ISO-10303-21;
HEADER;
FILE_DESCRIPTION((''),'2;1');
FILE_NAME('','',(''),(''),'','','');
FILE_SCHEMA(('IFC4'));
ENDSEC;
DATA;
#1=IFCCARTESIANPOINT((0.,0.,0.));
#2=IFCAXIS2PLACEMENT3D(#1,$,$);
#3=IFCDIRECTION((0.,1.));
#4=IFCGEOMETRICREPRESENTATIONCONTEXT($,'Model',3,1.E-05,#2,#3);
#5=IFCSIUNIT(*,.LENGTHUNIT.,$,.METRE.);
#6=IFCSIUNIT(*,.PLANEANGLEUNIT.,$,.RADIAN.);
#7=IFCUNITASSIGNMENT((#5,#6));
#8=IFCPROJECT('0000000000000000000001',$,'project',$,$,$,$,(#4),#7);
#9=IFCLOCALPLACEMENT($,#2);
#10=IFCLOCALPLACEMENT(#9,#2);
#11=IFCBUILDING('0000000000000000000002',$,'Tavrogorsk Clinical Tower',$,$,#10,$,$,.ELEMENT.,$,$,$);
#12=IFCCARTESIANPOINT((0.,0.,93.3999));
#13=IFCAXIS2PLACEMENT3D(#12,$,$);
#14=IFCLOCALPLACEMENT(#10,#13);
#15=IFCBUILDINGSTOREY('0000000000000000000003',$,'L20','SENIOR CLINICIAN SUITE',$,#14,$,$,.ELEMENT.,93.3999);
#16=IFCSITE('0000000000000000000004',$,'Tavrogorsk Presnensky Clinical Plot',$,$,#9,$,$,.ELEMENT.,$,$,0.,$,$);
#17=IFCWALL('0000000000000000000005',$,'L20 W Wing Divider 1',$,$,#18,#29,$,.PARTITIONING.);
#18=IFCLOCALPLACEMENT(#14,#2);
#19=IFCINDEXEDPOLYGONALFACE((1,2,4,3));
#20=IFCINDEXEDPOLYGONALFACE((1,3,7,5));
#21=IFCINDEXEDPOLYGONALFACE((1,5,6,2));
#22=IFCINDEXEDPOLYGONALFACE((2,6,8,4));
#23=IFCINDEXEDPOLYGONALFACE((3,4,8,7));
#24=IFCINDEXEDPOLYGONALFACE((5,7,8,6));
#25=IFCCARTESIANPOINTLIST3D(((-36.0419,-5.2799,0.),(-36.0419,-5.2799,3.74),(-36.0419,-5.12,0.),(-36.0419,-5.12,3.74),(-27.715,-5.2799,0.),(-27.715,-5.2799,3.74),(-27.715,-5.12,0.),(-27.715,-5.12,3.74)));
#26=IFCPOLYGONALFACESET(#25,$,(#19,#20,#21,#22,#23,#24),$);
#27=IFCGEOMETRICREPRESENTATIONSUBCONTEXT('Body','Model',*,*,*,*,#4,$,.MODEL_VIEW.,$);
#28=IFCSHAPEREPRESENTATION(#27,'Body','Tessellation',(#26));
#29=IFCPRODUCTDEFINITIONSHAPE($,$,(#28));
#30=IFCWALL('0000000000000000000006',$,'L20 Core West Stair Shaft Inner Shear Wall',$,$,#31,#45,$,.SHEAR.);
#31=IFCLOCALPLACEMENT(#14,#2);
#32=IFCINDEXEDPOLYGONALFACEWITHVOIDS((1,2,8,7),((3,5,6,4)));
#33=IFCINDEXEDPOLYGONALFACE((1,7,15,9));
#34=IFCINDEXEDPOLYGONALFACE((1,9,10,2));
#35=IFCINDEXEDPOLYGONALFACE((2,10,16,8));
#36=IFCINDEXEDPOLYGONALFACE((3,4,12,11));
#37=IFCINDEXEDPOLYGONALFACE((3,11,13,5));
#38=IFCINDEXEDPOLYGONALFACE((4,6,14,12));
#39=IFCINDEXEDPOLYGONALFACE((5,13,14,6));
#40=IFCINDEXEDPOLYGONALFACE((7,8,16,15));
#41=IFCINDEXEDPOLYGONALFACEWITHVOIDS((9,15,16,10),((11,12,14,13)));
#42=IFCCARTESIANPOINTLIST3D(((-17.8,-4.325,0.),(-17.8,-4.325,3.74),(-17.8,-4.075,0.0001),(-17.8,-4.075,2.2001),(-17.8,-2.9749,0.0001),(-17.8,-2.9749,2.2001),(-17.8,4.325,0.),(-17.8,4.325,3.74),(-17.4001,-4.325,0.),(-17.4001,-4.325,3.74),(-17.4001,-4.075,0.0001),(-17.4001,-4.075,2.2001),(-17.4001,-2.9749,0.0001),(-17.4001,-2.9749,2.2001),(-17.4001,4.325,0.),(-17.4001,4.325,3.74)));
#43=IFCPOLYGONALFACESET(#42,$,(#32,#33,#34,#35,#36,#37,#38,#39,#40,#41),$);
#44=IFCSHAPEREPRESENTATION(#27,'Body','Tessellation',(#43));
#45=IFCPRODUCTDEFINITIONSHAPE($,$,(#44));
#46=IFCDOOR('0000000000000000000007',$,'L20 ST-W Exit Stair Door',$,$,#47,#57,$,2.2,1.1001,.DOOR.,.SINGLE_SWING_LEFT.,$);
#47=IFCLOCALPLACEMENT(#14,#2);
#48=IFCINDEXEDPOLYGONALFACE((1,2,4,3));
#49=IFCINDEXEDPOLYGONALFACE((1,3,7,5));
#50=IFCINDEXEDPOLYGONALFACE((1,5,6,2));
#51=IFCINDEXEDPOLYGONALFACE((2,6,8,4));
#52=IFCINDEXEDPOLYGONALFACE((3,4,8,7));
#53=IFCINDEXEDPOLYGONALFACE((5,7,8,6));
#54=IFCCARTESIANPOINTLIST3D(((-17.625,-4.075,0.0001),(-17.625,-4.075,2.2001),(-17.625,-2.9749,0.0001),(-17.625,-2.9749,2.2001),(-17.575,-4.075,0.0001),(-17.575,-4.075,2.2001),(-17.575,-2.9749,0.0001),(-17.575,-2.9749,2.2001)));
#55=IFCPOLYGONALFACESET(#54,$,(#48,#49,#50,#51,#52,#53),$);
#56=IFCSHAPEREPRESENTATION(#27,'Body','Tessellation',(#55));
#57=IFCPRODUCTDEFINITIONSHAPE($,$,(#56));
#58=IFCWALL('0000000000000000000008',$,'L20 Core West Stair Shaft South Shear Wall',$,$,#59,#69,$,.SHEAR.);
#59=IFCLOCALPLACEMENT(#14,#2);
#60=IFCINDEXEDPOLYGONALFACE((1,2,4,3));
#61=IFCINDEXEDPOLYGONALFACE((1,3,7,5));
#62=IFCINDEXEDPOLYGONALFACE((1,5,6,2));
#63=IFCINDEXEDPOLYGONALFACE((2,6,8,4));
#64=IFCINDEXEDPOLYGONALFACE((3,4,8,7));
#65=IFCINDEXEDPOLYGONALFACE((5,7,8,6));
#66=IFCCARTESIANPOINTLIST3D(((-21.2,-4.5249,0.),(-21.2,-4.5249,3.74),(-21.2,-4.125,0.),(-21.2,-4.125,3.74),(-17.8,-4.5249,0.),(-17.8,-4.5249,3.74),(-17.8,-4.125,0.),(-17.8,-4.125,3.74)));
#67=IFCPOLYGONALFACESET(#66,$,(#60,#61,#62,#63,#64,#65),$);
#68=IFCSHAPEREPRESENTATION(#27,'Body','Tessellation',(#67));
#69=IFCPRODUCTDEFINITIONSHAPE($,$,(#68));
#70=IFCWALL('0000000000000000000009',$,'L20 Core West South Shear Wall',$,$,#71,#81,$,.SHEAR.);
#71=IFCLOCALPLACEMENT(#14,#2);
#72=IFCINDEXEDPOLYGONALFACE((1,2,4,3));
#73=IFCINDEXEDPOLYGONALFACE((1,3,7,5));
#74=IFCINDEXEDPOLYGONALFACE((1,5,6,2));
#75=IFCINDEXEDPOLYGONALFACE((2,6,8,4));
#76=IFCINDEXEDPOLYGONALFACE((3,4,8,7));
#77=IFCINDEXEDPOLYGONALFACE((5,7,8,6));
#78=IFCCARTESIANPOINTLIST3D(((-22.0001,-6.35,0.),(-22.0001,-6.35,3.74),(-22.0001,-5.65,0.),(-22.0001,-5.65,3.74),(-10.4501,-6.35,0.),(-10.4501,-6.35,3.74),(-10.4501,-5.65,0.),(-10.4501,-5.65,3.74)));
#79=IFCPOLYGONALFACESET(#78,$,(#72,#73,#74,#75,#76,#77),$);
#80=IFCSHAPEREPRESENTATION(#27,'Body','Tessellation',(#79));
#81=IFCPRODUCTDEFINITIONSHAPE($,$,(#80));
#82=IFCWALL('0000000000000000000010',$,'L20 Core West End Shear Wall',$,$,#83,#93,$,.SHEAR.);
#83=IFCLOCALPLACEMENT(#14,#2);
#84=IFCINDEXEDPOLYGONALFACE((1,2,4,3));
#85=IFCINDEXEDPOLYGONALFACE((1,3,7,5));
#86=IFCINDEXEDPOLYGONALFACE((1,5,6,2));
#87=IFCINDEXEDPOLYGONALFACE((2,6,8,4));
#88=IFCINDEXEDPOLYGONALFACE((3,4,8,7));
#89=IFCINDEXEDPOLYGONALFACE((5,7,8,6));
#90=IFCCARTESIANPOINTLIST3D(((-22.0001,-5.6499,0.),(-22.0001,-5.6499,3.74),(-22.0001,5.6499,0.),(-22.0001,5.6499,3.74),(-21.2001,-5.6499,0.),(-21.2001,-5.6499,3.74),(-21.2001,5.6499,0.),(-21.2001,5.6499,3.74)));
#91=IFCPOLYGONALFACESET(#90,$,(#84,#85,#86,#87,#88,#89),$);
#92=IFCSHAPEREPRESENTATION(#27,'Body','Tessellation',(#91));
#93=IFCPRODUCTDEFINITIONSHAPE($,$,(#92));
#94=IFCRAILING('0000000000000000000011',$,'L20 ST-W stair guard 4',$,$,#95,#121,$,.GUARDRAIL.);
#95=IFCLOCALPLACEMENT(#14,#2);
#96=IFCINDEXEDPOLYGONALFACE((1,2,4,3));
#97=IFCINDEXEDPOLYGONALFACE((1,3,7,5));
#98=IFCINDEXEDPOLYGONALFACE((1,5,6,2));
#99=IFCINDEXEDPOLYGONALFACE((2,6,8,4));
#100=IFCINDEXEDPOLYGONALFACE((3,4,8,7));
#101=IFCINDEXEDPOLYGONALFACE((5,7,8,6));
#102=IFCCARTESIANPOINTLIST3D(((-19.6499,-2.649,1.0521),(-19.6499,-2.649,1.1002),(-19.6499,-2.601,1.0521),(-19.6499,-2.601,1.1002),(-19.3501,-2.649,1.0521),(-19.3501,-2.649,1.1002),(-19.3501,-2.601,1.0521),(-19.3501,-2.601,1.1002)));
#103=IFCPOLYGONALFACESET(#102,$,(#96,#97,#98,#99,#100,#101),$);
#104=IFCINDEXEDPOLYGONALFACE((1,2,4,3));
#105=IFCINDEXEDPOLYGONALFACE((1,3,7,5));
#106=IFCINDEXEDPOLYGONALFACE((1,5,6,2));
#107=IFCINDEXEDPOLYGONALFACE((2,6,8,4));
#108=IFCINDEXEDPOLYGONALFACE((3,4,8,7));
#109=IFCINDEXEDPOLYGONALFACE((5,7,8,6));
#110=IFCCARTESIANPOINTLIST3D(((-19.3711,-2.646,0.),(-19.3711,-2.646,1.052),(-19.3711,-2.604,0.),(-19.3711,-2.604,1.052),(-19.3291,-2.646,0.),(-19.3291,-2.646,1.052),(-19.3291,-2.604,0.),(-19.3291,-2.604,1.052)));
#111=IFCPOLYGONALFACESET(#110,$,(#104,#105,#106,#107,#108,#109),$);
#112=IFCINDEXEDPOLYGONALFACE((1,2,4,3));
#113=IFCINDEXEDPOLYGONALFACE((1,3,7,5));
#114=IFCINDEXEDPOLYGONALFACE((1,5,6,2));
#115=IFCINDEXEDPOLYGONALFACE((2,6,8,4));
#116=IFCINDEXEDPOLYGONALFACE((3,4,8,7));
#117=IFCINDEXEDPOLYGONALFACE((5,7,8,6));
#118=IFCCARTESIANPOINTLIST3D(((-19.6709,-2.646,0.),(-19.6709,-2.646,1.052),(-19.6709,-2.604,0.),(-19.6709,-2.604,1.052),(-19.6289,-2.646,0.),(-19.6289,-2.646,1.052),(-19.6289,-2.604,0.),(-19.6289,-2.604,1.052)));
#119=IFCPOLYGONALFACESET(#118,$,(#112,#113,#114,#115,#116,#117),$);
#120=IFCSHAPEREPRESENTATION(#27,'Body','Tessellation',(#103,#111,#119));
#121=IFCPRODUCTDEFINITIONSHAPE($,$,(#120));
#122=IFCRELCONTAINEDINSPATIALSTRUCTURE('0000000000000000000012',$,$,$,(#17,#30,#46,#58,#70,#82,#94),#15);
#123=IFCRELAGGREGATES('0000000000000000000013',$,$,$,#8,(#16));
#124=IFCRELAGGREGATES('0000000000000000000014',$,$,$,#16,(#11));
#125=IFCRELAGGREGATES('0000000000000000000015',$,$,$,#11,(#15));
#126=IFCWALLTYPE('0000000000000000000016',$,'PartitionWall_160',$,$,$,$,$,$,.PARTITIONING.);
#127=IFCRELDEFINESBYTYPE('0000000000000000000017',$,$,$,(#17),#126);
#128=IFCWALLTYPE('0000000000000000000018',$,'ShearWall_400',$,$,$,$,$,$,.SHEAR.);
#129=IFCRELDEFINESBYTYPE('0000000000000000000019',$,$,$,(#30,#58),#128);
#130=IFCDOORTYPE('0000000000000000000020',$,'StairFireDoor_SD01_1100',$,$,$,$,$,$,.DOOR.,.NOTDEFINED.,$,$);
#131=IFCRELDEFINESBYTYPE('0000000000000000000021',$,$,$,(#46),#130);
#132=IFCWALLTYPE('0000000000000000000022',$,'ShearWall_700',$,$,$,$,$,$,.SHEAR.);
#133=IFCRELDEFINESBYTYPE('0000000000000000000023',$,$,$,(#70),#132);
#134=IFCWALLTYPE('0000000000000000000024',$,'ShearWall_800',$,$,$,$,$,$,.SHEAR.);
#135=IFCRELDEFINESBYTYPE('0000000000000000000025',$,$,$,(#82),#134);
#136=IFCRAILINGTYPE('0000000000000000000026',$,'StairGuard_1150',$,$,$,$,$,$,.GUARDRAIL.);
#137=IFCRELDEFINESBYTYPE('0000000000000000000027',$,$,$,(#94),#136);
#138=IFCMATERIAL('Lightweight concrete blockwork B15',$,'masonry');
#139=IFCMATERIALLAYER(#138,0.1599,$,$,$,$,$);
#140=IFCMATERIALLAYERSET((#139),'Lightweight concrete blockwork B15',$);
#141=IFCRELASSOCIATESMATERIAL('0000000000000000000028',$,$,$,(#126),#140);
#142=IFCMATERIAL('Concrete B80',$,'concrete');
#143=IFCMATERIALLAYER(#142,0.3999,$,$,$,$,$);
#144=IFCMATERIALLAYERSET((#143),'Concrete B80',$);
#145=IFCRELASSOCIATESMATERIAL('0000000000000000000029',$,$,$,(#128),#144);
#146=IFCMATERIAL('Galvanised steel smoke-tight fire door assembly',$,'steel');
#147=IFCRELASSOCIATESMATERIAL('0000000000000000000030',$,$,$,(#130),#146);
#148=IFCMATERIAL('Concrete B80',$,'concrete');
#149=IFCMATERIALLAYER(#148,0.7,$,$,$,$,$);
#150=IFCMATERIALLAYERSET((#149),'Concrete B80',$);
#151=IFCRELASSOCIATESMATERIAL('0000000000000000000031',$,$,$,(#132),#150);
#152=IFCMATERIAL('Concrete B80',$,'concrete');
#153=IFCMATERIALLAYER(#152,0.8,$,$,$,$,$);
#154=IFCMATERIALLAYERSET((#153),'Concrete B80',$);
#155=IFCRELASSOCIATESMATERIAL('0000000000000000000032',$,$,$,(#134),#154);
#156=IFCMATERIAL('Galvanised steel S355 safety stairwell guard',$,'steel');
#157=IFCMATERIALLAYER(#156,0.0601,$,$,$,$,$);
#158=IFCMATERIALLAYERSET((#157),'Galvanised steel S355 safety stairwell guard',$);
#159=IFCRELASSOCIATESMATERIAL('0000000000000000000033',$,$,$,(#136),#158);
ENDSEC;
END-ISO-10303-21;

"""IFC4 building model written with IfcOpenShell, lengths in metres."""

from ifc_helpers import new_model, si_unit, direction, frame, frame_2d, origin, origin_2d, place, context, subcontext, project, spatial, rectangle, extrude, material, layer, layer_set, type_object, element, fill, save


model = new_model("IFC4")

# Units and contexts
model_context = context("Model", 3, precision=1e-05, world=origin(), true_north=direction((0.0, 1.0)))
body_context = subcontext(model_context, "Body", "Model", "MODEL_VIEW")
ifc_project = project(units=[si_unit("LENGTHUNIT", "METRE"), si_unit("PLANEANGLEUNIT", "RADIAN")], contexts=[model_context])

# Site, building, storey
site_placement = place(None, origin())
site = spatial("IfcSite", under=ifc_project, at=site_placement, Name="Tavrogorsk Presnensky Clinical Plot", CompositionType="ELEMENT", RefElevation=0.0)
building_placement = place(site_placement, origin())
building = spatial("IfcBuilding", under=site, at=building_placement, Name="Tavrogorsk Clinical Tower", CompositionType="ELEMENT")
storey_placement = place(building_placement, frame((0.0, 0.0, 93.3999)))
storey = spatial("IfcBuildingStorey", under=building, at=storey_placement, Name="L20", Description="SENIOR CLINICIAN SUITE", CompositionType="ELEMENT", Elevation=93.3999)

# Shared definitions
ifc_material_1 = material(Name="Lightweight concrete blockwork B15", Category="masonry")
ifc_layer_1 = layer(ifc_material_1, 0.1599)
ifc_layer_set_1 = layer_set([ifc_layer_1], Name="Lightweight concrete blockwork B15")
wall_type_1 = type_object("IfcWallType", Name="PartitionWall_160", PredefinedType="PARTITIONING", material=ifc_layer_set_1)

# Wall
wall_1_placement = place(storey_placement, frame((-36.042, -5.2, 0.0), z_axis=(0.0, 0.0, 1.0), x_axis=(1.0, 0.0, 0.0)))
element("IfcWall", 1, at=wall_1_placement, inside=storey, type_object=wall_type_1, Name="L20 W Wing Divider 1", PredefinedType="PARTITIONING", context=body_context, shape_type="SweptSolid", body=[
    extrude(rectangle(XDim=8.3269, YDim=0.1599, at=frame_2d((4.1636, 0.0))), origin(), (0.0, 0.0, 1.0), 3.74),
])

# Wall, opening, door
ifc_material_2 = material(Name="Concrete B80", Category="concrete")
ifc_layer_2 = layer(ifc_material_2, 0.3999)
ifc_layer_set_2 = layer_set([ifc_layer_2], Name="Concrete B80")
wall_type_2 = type_object("IfcWallType", Name="ShearWall_400", PredefinedType="SHEAR", material=ifc_layer_set_2)
wall_2_placement = place(storey_placement, frame((-17.6001, -4.325, 0.0), z_axis=(0.0, 0.0, 1.0), x_axis=(0.0, 1.0, 0.0)))
wall_2 = element("IfcWall", 2, at=wall_2_placement, inside=storey, type_object=wall_type_2, Name="L20 Core West Stair Shaft Inner Shear Wall", PredefinedType="SHEAR", context=body_context, shape_type="SweptSolid", body=[
    extrude(rectangle(XDim=8.6499, YDim=0.3999, at=frame_2d((4.325, 0.0))), origin(), (0.0, 0.0, 1.0), 3.74),
])
opening_1_placement = place(wall_2_placement, frame((0.25, 0.0, 0.0)))
opening_1 = element("IfcOpeningElement", 3, at=opening_1_placement, cuts=wall_2, PredefinedType="OPENING", context=body_context, shape_type="SweptSolid", body=[
    extrude(rectangle(XDim=1.1001, YDim=2.2, at=frame_2d((0.55, 1.1001))), frame((0.0, 0.21, 0.0), z_axis=(0.0, -1.0, 0.0), x_axis=(1.0, 0.0, 0.0)), (0.0, 0.0, 1.0), 0.4199),
])
ifc_material_3 = material(Name="Galvanised steel smoke-tight fire door assembly", Category="steel")
door_type_1 = type_object("IfcDoorType", Name="StairFireDoor_SD01_1100", OperationType="NOTDEFINED", PredefinedType="DOOR", material=ifc_material_3)
door_1_placement = place(opening_1_placement, origin())
door_1 = element("IfcDoor", 4, at=door_1_placement, inside=storey, type_object=door_type_1, Name="L20 ST-W Exit Stair Door", OperationType="SINGLE_SWING_LEFT", OverallHeight=2.2, OverallWidth=1.1001, PredefinedType="DOOR", context=body_context, shape_type="SweptSolid", body=[
    extrude(rectangle(XDim=1.1001, YDim=2.2, at=frame_2d((0.55, 1.1001))), frame((0.0, 0.0249, 0.0), z_axis=(0.0, -1.0, 0.0), x_axis=(1.0, 0.0, 0.0)), (0.0, 0.0, 1.0), 0.05),
])
fill(opening_1, door_1)

# Walls
wall_3_placement = place(storey_placement, frame((-21.2, -4.325, 0.0), z_axis=(0.0, 0.0, 1.0), x_axis=(1.0, 0.0, 0.0)))
element("IfcWall", 5, at=wall_3_placement, inside=storey, type_object=wall_type_2, Name="L20 Core West Stair Shaft South Shear Wall", PredefinedType="SHEAR", context=body_context, shape_type="SweptSolid", body=[
    extrude(rectangle(XDim=3.3999, YDim=0.3999, at=frame_2d((1.7, 0.0))), origin(), (0.0, 0.0, 1.0), 3.74),
])
ifc_material_4 = material(Name="Concrete B80", Category="concrete")
ifc_layer_3 = layer(ifc_material_4, 0.7)
ifc_layer_set_3 = layer_set([ifc_layer_3], Name="Concrete B80")
wall_type_3 = type_object("IfcWallType", Name="ShearWall_700", PredefinedType="SHEAR", material=ifc_layer_set_3)
wall_4_placement = place(storey_placement, frame((-22.0, -6.0, 0.0), z_axis=(0.0, 0.0, 1.0), x_axis=(1.0, 0.0, 0.0)))
element("IfcWall", 6, at=wall_4_placement, inside=storey, type_object=wall_type_3, Name="L20 Core West South Shear Wall", PredefinedType="SHEAR", context=body_context, shape_type="SweptSolid", body=[
    extrude(rectangle(XDim=11.55, YDim=0.7, at=frame_2d((5.7749, 0.0))), origin(), (0.0, 0.0, 1.0), 3.74),
])
ifc_material_5 = material(Name="Concrete B80", Category="concrete")
ifc_layer_4 = layer(ifc_material_5, 0.8)
ifc_layer_set_4 = layer_set([ifc_layer_4], Name="Concrete B80")
wall_type_4 = type_object("IfcWallType", Name="ShearWall_800", PredefinedType="SHEAR", material=ifc_layer_set_4)
wall_5_placement = place(storey_placement, frame((-21.6001, -5.6499, 0.0), z_axis=(0.0, 0.0, 1.0), x_axis=(0.0, 1.0, 0.0)))
element("IfcWall", 7, at=wall_5_placement, inside=storey, type_object=wall_type_4, Name="L20 Core West End Shear Wall", PredefinedType="SHEAR", context=body_context, shape_type="SweptSolid", body=[
    extrude(rectangle(XDim=11.2998, YDim=0.8, at=frame_2d((5.6499, 0.0))), origin(), (0.0, 0.0, 1.0), 3.74),
])

# Railing
ifc_material_6 = material(Name="Galvanised steel S355 safety stairwell guard", Category="steel")
ifc_layer_5 = layer(ifc_material_6, 0.0601)
ifc_layer_set_5 = layer_set([ifc_layer_5], Name="Galvanised steel S355 safety stairwell guard")
railing_type = type_object("IfcRailingType", Name="StairGuard_1150", PredefinedType="GUARDRAIL", material=ifc_layer_set_5)
railing_placement = place(storey_placement, frame((-19.3501, -2.625, 0.0)))
element("IfcRailing", 8, at=railing_placement, inside=storey, type_object=railing_type, Name="L20 ST-W stair guard 4", PredefinedType="GUARDRAIL", context=body_context, shape_type="SweptSolid", body=[
    extrude(rectangle(XDim=0.0481, YDim=0.0481, at=origin_2d()), frame((0.0, 0.0, 1.0762), z_axis=(-1.0, 0.0, 0.0), x_axis=(0.0, -1.0, 0.0)), (0.0, 0.0, 1.0), 0.2998),
    extrude(rectangle(XDim=0.042, YDim=0.042, at=origin_2d()), origin(), (0.0, 0.0, 1.0), 1.052),
    extrude(rectangle(XDim=0.042, YDim=0.042, at=origin_2d()), frame((-0.2998, 0.0, 0.0)), (0.0, 0.0, 1.0), 1.052),
])

save(model, "model.ifc")
